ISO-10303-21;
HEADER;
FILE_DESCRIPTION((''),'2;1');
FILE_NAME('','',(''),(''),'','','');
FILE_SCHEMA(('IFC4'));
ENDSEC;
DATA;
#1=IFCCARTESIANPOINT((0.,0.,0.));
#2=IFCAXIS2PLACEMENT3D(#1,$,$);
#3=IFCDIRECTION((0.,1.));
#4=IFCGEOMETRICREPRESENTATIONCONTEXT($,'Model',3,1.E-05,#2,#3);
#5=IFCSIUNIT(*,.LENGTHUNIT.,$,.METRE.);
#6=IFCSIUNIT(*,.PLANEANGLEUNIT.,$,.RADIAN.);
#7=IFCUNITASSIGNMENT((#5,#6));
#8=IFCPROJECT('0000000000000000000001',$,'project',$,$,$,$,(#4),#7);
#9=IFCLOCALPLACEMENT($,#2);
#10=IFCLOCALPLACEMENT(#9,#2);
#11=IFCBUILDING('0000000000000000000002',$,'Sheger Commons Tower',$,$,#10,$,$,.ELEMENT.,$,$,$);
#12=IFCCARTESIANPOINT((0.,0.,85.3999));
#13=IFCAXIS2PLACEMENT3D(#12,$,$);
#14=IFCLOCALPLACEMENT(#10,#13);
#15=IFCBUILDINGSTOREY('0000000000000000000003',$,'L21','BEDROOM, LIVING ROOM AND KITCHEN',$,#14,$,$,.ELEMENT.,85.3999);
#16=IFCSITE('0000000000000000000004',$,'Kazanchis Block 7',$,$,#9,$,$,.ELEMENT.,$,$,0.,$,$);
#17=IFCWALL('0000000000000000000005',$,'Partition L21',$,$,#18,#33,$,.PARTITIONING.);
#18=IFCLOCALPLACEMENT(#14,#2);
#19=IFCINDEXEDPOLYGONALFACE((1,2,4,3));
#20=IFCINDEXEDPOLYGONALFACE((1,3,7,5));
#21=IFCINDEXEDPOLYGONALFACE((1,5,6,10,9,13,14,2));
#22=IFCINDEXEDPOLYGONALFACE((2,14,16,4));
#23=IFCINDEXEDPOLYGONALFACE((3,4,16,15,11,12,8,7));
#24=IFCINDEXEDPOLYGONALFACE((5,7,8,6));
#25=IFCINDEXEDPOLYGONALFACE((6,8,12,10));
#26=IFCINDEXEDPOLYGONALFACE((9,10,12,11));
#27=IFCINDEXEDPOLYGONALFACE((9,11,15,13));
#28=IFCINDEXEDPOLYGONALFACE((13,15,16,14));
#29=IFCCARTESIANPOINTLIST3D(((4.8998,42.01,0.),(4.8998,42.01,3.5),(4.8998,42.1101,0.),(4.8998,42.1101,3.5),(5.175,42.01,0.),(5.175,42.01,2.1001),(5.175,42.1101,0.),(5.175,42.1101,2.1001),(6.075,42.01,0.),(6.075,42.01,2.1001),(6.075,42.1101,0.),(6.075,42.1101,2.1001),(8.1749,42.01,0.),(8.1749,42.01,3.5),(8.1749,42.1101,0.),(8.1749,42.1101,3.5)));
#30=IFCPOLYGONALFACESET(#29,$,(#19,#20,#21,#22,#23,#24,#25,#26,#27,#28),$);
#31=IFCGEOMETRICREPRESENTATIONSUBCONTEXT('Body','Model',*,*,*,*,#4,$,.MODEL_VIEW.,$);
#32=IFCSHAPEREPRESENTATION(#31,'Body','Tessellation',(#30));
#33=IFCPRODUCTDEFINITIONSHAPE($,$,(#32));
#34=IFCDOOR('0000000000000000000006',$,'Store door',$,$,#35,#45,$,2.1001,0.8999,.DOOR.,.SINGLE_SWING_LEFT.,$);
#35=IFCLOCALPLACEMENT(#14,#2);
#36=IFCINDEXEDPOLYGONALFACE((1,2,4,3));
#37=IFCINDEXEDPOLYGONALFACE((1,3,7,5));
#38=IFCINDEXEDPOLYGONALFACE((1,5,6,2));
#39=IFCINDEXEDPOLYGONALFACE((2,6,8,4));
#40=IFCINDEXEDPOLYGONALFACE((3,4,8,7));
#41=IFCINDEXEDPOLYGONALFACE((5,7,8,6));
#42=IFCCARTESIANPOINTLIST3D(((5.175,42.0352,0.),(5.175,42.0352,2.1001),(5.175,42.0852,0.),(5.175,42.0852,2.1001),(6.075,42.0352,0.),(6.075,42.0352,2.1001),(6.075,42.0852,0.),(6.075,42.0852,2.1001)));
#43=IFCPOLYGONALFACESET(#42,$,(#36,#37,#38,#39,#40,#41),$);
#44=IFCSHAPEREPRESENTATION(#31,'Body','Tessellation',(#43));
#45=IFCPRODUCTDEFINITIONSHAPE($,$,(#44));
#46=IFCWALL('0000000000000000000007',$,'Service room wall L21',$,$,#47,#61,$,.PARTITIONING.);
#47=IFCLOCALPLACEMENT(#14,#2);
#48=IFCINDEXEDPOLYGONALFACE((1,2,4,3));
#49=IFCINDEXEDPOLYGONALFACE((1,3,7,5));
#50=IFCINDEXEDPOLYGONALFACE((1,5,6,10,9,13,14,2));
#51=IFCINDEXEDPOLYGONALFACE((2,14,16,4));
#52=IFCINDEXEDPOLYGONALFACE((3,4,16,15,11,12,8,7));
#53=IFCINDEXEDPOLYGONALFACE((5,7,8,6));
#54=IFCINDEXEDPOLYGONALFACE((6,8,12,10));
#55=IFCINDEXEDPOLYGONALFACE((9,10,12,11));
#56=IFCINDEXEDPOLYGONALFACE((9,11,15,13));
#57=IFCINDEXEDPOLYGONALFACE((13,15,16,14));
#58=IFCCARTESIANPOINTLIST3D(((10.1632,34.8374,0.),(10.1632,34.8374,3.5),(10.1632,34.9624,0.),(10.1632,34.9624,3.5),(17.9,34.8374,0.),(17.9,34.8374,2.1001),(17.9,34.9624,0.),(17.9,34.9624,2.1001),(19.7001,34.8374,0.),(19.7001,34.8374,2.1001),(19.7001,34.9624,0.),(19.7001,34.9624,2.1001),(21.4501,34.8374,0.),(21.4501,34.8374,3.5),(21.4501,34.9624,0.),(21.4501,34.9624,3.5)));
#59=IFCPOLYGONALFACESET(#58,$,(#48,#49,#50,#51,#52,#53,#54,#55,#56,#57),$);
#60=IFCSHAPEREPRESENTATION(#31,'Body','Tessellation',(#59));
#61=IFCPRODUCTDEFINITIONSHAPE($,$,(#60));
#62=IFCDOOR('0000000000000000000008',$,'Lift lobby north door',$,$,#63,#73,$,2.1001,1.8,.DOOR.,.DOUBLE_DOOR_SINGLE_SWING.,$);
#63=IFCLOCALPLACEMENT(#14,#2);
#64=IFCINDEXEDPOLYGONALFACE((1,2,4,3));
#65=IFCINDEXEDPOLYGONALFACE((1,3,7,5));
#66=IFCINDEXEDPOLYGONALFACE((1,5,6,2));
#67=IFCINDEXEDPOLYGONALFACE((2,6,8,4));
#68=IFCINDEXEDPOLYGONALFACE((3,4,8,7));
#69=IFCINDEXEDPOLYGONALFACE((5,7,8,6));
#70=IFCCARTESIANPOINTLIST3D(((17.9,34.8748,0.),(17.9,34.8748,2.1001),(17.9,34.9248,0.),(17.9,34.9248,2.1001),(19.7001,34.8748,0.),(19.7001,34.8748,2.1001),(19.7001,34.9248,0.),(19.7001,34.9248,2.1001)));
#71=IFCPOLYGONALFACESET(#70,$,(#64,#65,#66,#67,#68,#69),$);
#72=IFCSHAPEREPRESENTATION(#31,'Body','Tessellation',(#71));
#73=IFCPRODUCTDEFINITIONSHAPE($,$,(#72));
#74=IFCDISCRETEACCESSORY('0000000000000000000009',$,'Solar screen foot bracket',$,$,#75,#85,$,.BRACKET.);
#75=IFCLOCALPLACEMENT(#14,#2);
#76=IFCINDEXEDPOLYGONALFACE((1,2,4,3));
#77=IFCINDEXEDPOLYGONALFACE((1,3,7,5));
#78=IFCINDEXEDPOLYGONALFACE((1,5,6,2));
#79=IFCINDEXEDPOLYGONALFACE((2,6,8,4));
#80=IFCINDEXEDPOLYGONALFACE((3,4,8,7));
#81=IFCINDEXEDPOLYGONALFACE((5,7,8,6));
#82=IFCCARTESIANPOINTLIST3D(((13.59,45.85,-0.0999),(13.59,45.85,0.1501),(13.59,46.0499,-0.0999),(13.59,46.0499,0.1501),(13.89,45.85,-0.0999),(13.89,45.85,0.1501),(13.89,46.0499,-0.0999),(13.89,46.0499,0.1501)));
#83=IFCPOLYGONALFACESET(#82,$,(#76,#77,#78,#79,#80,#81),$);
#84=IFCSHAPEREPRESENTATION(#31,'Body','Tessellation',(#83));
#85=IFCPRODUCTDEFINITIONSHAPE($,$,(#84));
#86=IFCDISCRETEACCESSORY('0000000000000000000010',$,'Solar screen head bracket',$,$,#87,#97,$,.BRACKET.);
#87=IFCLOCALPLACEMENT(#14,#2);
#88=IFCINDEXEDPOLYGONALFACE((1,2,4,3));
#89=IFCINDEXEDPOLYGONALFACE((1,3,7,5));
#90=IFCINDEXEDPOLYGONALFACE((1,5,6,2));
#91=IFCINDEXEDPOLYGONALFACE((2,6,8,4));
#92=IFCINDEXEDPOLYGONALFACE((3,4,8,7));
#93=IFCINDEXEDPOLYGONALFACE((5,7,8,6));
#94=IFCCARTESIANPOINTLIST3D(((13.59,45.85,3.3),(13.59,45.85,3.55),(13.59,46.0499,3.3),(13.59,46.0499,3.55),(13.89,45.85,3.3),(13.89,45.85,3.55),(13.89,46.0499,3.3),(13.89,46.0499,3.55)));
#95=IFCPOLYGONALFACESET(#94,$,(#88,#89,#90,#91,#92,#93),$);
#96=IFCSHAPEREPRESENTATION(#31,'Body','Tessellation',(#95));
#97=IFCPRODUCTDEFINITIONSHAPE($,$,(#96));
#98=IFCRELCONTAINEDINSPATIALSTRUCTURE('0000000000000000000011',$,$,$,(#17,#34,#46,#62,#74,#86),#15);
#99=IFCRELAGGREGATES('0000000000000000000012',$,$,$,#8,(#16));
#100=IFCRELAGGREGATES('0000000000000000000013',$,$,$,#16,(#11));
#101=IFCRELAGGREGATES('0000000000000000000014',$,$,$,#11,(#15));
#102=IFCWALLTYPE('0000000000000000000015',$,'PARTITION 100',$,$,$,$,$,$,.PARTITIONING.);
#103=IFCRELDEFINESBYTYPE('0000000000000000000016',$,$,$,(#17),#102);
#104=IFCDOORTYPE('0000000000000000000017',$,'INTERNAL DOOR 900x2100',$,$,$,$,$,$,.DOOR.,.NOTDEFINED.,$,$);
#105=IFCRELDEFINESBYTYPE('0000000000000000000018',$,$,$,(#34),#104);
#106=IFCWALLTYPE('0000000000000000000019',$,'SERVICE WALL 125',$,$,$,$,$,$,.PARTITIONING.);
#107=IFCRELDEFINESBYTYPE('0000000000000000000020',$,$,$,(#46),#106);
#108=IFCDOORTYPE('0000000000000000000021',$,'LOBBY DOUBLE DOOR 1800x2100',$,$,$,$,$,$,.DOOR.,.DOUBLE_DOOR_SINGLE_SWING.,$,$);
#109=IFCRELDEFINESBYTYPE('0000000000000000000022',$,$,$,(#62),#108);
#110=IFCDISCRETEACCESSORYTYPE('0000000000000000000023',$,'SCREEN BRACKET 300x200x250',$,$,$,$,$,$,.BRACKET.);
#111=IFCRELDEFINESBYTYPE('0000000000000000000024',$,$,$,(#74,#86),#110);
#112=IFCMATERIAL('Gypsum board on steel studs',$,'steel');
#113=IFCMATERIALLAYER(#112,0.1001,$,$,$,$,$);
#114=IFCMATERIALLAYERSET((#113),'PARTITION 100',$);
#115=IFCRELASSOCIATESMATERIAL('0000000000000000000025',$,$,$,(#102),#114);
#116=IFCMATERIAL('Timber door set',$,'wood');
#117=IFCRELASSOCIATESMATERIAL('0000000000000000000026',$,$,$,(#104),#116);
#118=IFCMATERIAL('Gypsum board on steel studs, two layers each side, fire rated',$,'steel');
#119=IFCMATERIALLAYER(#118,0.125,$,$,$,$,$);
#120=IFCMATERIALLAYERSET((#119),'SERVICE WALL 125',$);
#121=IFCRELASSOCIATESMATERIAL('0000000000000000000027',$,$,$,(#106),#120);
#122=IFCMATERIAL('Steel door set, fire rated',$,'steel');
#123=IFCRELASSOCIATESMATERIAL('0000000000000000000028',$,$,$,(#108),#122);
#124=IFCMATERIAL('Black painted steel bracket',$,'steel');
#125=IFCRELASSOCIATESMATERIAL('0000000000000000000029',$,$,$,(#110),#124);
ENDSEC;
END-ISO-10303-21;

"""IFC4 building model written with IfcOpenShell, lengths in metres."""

from ifc_helpers import new_model, si_unit, direction, frame, frame_2d, origin, origin_2d, place, context, subcontext, project, spatial, rectangle, extrude, material, layer, layer_set, type_object, element, fill, save


model = new_model("IFC4")

# Units and contexts
model_context = context("Model", 3, precision=1e-05, world=origin(), true_north=direction((0.0, 1.0)))
body_context = subcontext(model_context, "Body", "Model", "MODEL_VIEW")
ifc_project = project(units=[si_unit("LENGTHUNIT", "METRE"), si_unit("PLANEANGLEUNIT", "RADIAN")], contexts=[model_context])

# Site, building, storey
site_placement = place(None, origin())
site = spatial("IfcSite", under=ifc_project, at=site_placement, Name="Kazanchis Block 7", CompositionType="ELEMENT", RefElevation=0.0)
building_placement = place(site_placement, origin())
building = spatial("IfcBuilding", under=site, at=building_placement, Name="Sheger Commons Tower", CompositionType="ELEMENT")
storey_placement = place(building_placement, frame((0.0, 0.0, 85.3999)))
storey = spatial("IfcBuildingStorey", under=building, at=storey_placement, Name="L21", Description="BEDROOM, LIVING ROOM AND KITCHEN", CompositionType="ELEMENT", Elevation=85.3999)

# Shared definitions
ifc_material_1 = material(Name="Gypsum board on steel studs", Category="steel")
ifc_layer_1 = layer(ifc_material_1, 0.1001)
ifc_layer_set_1 = layer_set([ifc_layer_1], Name="PARTITION 100")
wall_type_1 = type_object("IfcWallType", Name="PARTITION 100", PredefinedType="PARTITIONING", material=ifc_layer_set_1)

# Shared definitions
ifc_material_2 = material(Name="Timber door set", Category="wood")
door_type_1 = type_object("IfcDoorType", Name="INTERNAL DOOR 900x2100", OperationType="NOTDEFINED", PredefinedType="DOOR", material=ifc_material_2)

# Walls, openings, doors
wall_1_placement = place(storey_placement, frame((8.175, 42.0601, 0.0), z_axis=(0.0, 0.0, 1.0), x_axis=(-1.0, 0.0, 0.0)))
wall_1 = element("IfcWall", 1, at=wall_1_placement, inside=storey, type_object=wall_type_1, Name="Partition L21", PredefinedType="PARTITIONING", context=body_context, shape_type="SweptSolid", body=[
    extrude(rectangle(XDim=3.2751, YDim=0.1001, at=frame_2d((1.6377, 0.0))), origin(), (0.0, 0.0, 1.0), 3.5),
])
opening_1_placement = place(wall_1_placement, frame((2.1001, 0.0, 0.0)))
opening_1 = element("IfcOpeningElement", 2, at=opening_1_placement, cuts=wall_1, PredefinedType="OPENING", context=body_context, shape_type="SweptSolid", body=[
    extrude(rectangle(XDim=0.8999, YDim=2.1001, at=frame_2d((0.45, 1.05))), frame((0.0, 0.0601, 0.0), z_axis=(0.0, -1.0, 0.0), x_axis=(1.0, 0.0, 0.0)), (0.0, 0.0, 1.0), 0.1201),
])
door_1_placement = place(opening_1_placement, origin())
door_1 = element("IfcDoor", 3, at=door_1_placement, inside=storey, type_object=door_type_1, Name="Store door", OperationType="SINGLE_SWING_LEFT", OverallHeight=2.1001, OverallWidth=0.8999, PredefinedType="DOOR", context=body_context, shape_type="SweptSolid", body=[
    extrude(rectangle(XDim=0.8999, YDim=2.1001, at=frame_2d((0.45, 1.05))), frame((0.0, 0.0249, 0.0), z_axis=(0.0, -1.0, 0.0), x_axis=(1.0, 0.0, 0.0)), (0.0, 0.0, 1.0), 0.05),
])
fill(opening_1, door_1)
ifc_material_3 = material(Name="Gypsum board on steel studs, two layers each side, fire rated", Category="steel")
ifc_layer_2 = layer(ifc_material_3, 0.125)
ifc_layer_set_2 = layer_set([ifc_layer_2], Name="SERVICE WALL 125")
wall_type_2 = type_object("IfcWallType", Name="SERVICE WALL 125", PredefinedType="PARTITIONING", material=ifc_layer_set_2)
wall_2_placement = place(storey_placement, frame((10.1631, 34.8999, 0.0), z_axis=(0.0, 0.0, 1.0), x_axis=(1.0, 0.0, 0.0)))
wall_2 = element("IfcWall", 4, at=wall_2_placement, inside=storey, type_object=wall_type_2, Name="Service room wall L21", PredefinedType="PARTITIONING", context=body_context, shape_type="SweptSolid", body=[
    extrude(rectangle(XDim=11.2869, YDim=0.125, at=frame_2d((5.6436, 0.0))), origin(), (0.0, 0.0, 1.0), 3.5),
])
opening_2_placement = place(wall_2_placement, frame((7.7371, 0.0, 0.0)))
opening_2 = element("IfcOpeningElement", 5, at=opening_2_placement, cuts=wall_2, PredefinedType="OPENING", context=body_context, shape_type="SweptSolid", body=[
    extrude(rectangle(XDim=1.8, YDim=2.1001, at=frame_2d((0.8999, 1.05))), frame((0.0, 0.0725, 0.0), z_axis=(0.0, -1.0, 0.0), x_axis=(1.0, 0.0, 0.0)), (0.0, 0.0, 1.0), 0.145),
])
ifc_material_4 = material(Name="Steel door set, fire rated", Category="steel")
door_type_2 = type_object("IfcDoorType", Name="LOBBY DOUBLE DOOR 1800x2100", OperationType="DOUBLE_DOOR_SINGLE_SWING", PredefinedType="DOOR", material=ifc_material_4)
door_2_placement = place(opening_2_placement, origin())
door_2 = element("IfcDoor", 6, at=door_2_placement, inside=storey, type_object=door_type_2, Name="Lift lobby north door", OperationType="DOUBLE_DOOR_SINGLE_SWING", OverallHeight=2.1001, OverallWidth=1.8, PredefinedType="DOOR", context=body_context, shape_type="SweptSolid", body=[
    extrude(rectangle(XDim=1.8, YDim=2.1001, at=frame_2d((0.8999, 1.05))), frame((0.0, 0.0249, 0.0), z_axis=(0.0, -1.0, 0.0), x_axis=(1.0, 0.0, 0.0)), (0.0, 0.0, 1.0), 0.05),
])
fill(opening_2, door_2)

# Discrete accessories
ifc_material_5 = material(Name="Black painted steel bracket", Category="steel")
discrete_accessory_type = type_object("IfcDiscreteAccessoryType", Name="SCREEN BRACKET 300x200x250", PredefinedType="BRACKET", material=ifc_material_5)
for number, where, z_axis, x_axis, name in (
    (7, (13.74, 45.95, -0.0999), (0.0, 0.0, 1.0), (-1.0, 0.0, 0.0), "Solar screen foot bracket"),
    (8, (13.74, 45.95, 3.3), (0.0, 0.0, 1.0), (-1.0, 0.0, 0.0), "Solar screen head bracket"),
):
    element("IfcDiscreteAccessory", number, at=place(storey_placement, frame(where, z_axis=z_axis, x_axis=x_axis)), inside=storey, type_object=discrete_accessory_type, Name=name, PredefinedType="BRACKET", context=body_context, shape_type="SweptSolid", body=[
        extrude(rectangle(XDim=0.3, YDim=0.2, at=origin_2d()), origin(), (0.0, 0.0, 1.0), 0.25),
    ])

save(model, "model.ifc")
